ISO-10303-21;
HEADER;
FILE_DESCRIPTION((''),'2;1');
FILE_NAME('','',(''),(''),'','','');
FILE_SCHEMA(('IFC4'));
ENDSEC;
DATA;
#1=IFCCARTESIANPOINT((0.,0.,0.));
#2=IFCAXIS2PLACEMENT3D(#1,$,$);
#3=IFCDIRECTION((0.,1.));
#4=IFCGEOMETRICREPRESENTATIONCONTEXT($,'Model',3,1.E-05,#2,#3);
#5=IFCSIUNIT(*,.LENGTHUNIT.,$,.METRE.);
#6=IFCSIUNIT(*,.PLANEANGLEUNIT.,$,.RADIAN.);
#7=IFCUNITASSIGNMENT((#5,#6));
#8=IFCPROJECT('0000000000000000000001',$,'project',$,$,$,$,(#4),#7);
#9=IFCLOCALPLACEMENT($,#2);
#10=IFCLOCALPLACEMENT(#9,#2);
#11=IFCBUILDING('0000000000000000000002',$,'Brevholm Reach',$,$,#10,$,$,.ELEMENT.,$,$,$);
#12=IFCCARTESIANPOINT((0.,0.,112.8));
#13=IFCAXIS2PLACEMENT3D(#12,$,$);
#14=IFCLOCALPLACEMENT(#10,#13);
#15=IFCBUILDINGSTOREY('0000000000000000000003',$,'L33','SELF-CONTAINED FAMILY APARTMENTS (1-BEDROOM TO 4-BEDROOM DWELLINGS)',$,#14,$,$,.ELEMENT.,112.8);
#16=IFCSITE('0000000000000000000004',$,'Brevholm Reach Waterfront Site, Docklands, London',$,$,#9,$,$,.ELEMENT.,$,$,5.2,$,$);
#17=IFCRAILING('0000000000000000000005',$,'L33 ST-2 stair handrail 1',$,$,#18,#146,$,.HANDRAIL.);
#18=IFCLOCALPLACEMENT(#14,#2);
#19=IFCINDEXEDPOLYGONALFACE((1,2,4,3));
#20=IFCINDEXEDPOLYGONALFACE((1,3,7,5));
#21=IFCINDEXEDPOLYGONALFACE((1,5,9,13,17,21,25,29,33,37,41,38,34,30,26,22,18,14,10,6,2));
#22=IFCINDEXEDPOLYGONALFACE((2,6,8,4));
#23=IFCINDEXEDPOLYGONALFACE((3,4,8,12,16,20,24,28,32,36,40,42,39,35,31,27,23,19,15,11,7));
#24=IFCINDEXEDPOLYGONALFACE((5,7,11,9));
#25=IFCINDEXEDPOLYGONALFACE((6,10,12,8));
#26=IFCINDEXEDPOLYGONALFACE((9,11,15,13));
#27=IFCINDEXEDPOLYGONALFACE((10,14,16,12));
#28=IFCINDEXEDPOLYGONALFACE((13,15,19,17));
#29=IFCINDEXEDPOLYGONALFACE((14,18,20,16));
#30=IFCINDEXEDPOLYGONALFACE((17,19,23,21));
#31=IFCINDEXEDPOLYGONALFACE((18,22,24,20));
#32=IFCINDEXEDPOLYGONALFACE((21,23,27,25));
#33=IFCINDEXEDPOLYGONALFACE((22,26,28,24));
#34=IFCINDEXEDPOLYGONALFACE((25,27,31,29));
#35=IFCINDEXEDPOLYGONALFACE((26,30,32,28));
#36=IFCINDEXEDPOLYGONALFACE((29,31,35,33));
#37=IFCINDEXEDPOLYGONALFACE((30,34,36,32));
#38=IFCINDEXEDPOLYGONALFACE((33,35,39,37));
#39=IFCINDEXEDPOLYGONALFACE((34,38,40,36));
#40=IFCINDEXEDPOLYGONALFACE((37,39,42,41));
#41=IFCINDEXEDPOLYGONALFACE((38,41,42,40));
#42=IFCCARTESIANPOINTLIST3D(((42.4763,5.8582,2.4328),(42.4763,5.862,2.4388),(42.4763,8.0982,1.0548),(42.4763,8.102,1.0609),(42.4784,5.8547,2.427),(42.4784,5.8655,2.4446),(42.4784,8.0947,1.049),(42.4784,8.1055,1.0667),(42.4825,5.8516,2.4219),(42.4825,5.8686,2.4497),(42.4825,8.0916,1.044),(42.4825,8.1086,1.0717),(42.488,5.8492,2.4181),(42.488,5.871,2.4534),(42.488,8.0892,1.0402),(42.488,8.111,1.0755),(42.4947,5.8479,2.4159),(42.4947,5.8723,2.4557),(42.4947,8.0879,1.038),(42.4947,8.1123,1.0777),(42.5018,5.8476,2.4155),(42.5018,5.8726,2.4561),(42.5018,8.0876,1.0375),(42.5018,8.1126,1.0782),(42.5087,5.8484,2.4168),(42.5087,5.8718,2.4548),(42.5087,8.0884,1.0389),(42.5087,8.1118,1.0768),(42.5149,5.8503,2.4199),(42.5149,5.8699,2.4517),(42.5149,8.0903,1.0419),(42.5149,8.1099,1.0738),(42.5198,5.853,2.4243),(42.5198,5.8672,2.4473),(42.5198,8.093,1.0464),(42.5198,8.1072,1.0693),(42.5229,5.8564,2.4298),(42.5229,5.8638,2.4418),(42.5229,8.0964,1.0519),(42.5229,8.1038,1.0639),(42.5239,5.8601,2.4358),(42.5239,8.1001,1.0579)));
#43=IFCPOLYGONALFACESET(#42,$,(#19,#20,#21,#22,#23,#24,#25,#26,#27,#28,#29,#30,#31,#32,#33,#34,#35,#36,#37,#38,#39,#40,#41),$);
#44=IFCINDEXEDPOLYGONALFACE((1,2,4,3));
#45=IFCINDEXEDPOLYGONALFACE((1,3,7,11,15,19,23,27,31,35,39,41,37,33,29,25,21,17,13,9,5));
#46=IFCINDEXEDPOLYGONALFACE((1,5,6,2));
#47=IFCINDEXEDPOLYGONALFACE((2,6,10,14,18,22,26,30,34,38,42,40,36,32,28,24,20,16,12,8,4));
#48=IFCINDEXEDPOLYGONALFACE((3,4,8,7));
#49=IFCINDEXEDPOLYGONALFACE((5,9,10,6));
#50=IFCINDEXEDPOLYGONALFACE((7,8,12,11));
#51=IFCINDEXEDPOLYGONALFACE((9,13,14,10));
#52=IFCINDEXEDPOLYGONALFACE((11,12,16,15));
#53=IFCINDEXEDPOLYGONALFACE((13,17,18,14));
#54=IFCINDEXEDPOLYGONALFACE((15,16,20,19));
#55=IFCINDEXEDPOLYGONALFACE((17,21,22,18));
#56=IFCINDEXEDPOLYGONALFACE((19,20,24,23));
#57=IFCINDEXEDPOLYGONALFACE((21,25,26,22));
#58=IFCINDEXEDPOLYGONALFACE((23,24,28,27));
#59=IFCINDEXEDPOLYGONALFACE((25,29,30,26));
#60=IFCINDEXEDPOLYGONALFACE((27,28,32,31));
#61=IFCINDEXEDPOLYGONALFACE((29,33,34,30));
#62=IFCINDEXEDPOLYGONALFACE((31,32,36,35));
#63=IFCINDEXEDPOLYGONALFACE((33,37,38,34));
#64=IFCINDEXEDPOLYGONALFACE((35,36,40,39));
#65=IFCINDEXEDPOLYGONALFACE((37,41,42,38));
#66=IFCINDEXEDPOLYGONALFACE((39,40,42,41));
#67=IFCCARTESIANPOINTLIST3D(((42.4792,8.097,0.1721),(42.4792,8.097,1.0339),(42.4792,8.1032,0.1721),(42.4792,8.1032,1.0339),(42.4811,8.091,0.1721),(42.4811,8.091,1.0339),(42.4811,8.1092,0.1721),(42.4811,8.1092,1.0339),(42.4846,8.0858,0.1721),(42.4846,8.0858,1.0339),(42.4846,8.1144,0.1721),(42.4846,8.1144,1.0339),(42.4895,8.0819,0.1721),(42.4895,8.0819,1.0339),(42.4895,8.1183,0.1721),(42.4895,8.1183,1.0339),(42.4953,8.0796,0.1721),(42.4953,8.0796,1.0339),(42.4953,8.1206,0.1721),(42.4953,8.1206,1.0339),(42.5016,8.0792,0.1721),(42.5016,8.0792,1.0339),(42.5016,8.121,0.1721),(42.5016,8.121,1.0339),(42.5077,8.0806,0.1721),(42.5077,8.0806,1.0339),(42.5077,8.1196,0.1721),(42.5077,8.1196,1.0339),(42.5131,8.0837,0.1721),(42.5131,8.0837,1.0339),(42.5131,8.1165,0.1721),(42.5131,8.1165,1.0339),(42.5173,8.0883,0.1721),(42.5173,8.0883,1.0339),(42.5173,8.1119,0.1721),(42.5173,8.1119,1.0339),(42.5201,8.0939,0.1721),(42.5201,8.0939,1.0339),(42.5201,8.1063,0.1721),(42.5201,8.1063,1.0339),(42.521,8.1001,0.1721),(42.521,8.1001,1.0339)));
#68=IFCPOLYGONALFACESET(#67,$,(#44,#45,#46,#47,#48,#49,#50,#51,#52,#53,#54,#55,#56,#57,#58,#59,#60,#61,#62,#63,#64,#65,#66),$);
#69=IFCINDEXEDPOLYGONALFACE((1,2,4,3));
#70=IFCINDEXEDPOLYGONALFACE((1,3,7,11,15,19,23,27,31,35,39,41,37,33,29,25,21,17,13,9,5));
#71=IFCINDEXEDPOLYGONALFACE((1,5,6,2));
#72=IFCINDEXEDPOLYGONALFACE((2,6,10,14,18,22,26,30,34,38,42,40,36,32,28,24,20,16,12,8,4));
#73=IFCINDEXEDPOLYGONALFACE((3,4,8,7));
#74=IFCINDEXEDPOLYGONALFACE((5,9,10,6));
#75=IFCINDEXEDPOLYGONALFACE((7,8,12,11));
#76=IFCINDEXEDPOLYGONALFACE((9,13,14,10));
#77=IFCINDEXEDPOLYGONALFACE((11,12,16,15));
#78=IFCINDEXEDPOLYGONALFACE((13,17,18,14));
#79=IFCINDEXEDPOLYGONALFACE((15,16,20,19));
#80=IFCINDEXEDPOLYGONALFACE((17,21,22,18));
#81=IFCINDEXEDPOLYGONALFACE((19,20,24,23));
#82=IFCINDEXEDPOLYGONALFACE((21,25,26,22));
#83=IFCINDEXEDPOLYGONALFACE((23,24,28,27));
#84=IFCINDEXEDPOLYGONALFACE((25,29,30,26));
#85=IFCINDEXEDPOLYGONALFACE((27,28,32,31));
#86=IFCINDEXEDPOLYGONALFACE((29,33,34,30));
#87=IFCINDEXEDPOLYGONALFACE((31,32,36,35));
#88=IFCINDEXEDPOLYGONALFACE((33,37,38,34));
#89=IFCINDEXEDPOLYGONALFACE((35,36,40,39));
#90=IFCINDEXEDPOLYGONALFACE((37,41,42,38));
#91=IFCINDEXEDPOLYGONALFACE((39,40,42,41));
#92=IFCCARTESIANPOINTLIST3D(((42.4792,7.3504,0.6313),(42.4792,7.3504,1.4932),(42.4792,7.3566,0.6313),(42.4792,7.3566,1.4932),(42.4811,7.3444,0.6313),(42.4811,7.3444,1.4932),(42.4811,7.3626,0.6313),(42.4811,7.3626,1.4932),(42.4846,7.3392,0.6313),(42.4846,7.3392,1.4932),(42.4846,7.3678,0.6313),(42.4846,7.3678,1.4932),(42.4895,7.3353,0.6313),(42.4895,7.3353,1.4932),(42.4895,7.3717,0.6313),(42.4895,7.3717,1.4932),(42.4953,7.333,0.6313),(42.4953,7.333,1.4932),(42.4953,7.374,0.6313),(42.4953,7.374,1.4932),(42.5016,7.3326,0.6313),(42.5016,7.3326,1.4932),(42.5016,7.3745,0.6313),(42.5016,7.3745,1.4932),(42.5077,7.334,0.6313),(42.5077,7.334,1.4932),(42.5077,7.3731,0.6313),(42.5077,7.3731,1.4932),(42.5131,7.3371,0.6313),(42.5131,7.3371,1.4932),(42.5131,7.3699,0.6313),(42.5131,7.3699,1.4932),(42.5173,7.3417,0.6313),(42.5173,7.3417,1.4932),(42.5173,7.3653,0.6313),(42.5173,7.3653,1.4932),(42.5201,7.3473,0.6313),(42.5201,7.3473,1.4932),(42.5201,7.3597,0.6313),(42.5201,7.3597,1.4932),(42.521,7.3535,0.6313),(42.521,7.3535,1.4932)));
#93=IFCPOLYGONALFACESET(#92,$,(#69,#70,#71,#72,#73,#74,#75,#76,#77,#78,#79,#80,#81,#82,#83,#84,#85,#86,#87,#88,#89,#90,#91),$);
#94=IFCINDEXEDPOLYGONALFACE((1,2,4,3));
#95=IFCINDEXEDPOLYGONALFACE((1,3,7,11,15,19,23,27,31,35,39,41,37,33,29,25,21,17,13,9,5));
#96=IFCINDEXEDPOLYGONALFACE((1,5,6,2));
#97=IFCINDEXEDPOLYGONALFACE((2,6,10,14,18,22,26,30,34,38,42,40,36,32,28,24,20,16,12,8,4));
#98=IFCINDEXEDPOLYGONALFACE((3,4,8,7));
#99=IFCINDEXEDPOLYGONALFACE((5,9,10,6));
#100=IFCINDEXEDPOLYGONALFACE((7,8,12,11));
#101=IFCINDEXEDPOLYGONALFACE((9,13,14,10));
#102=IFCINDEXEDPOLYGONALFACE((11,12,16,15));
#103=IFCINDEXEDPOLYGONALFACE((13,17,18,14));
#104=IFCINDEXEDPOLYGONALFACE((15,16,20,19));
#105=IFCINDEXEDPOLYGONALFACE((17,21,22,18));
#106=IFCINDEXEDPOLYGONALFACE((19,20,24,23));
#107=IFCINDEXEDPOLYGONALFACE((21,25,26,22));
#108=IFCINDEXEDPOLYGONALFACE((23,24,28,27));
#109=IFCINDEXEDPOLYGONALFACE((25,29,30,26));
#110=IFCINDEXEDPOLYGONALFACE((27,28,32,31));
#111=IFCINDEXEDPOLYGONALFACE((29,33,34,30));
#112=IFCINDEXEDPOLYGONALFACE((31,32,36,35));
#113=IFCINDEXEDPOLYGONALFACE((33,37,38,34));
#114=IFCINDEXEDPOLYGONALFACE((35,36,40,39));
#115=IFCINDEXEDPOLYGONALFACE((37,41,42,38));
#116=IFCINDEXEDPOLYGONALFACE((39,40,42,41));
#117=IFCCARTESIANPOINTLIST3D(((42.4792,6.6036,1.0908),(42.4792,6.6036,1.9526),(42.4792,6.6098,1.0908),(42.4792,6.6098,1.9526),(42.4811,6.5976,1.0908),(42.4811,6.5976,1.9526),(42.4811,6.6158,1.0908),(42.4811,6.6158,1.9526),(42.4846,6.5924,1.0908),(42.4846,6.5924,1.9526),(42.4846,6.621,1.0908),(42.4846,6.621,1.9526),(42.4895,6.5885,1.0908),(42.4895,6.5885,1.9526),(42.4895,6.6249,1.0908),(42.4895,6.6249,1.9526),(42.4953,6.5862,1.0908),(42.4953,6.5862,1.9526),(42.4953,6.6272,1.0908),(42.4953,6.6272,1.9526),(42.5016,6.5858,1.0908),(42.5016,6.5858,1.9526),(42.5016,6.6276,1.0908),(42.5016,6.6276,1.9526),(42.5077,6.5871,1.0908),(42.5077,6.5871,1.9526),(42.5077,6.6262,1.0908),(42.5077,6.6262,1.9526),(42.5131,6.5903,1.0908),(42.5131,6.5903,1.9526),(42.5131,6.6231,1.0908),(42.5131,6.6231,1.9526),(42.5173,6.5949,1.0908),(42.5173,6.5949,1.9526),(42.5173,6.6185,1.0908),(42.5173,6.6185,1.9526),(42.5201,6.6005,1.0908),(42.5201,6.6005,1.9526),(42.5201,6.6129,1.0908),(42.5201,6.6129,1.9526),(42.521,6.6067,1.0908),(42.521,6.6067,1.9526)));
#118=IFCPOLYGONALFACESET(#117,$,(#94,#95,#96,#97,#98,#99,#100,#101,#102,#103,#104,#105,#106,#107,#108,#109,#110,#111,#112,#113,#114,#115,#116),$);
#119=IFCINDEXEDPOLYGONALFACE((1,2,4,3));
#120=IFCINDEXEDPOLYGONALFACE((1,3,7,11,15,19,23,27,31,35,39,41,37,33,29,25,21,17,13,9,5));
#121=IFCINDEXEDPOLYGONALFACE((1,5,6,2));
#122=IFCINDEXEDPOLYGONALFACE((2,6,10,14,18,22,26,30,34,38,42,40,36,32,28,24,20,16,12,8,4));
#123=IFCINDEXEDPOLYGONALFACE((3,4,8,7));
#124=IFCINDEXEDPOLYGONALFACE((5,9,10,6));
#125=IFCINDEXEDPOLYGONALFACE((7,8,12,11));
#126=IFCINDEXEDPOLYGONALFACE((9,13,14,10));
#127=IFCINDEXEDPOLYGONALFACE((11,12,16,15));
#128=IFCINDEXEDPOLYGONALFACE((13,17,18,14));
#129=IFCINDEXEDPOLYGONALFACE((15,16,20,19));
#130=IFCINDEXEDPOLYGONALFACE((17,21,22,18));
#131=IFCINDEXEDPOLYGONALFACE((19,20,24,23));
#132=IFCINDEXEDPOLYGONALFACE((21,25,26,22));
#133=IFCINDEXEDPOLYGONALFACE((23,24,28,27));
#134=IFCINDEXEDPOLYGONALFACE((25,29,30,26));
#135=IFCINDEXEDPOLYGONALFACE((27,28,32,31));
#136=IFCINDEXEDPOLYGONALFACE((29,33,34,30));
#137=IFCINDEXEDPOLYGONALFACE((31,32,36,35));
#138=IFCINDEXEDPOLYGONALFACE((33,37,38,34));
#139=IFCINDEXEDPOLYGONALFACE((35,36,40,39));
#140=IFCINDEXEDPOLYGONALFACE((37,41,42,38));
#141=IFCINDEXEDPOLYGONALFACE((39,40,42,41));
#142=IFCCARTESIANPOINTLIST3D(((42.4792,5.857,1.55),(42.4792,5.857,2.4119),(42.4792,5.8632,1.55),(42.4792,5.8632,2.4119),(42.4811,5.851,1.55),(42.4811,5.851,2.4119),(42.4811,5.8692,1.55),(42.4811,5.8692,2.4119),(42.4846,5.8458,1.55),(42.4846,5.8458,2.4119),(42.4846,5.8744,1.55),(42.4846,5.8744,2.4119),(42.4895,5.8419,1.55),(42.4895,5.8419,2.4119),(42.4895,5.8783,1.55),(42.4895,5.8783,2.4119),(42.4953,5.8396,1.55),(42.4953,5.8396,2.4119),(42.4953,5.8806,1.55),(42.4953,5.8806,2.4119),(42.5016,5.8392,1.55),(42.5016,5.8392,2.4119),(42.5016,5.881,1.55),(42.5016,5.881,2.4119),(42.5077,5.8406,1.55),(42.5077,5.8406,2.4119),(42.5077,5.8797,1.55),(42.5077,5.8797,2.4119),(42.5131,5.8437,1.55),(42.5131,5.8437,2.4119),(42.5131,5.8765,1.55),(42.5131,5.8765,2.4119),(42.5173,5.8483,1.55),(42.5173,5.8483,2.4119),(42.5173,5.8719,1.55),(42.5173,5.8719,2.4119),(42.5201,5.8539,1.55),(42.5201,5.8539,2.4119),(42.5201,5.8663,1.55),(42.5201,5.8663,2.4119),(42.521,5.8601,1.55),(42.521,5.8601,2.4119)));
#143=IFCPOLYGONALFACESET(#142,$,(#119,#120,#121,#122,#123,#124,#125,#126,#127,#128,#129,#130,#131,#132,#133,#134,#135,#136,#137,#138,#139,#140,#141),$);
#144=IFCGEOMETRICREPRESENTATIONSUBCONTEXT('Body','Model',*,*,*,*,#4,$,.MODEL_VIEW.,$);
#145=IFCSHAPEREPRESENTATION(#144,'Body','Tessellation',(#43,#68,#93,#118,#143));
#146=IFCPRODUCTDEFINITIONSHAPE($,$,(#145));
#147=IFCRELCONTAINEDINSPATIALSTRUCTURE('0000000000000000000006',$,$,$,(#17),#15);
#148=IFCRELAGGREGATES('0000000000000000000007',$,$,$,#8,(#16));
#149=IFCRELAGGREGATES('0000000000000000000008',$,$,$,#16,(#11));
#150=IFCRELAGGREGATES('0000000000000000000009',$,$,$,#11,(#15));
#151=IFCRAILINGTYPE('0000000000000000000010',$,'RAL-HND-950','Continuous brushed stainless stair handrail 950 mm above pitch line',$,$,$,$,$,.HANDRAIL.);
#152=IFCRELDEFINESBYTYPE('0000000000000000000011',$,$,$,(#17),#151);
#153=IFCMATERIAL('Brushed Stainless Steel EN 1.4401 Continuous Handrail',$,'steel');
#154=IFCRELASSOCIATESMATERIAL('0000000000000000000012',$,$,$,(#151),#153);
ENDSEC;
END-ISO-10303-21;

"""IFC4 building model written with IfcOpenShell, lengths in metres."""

from ifc_helpers import new_model, si_unit, direction, frame, origin, origin_2d, place, context, subcontext, project, spatial, circle, extrude, material, type_object, element, save


model = new_model("IFC4")

# Units and contexts
model_context = context("Model", 3, precision=1e-05, world=origin(), true_north=direction((0.0, 1.0)))
body_context = subcontext(model_context, "Body", "Model", "MODEL_VIEW")
ifc_project = project(units=[si_unit("LENGTHUNIT", "METRE"), si_unit("PLANEANGLEUNIT", "RADIAN")], contexts=[model_context])

# Site, building, storey
site_placement = place(None, origin())
site = spatial("IfcSite", under=ifc_project, at=site_placement, Name="Brevholm Reach Waterfront Site, Docklands, London", CompositionType="ELEMENT", RefElevation=5.2)
building_placement = place(site_placement, origin())
building = spatial("IfcBuilding", under=site, at=building_placement, Name="Brevholm Reach", CompositionType="ELEMENT")
storey_placement = place(building_placement, frame((0.0, 0.0, 112.8)))
storey = spatial("IfcBuildingStorey", under=building, at=storey_placement, Name="L33", Description="SELF-CONTAINED FAMILY APARTMENTS (1-BEDROOM TO 4-BEDROOM DWELLINGS)", CompositionType="ELEMENT", Elevation=112.8)

# Railing
ifc_material_1 = material(Name="Brushed Stainless Steel EN 1.4401 Continuous Handrail", Category="steel")
railing_type_1 = type_object("IfcRailingType", Name="RAL-HND-950", Description="Continuous brushed stainless stair handrail 950 mm above pitch line", PredefinedType="HANDRAIL", material=ifc_material_1)
railing_1_placement = place(storey_placement, frame((42.5, 8.1001, 0.1721)))
element("IfcRailing", 1, at=railing_1_placement, inside=storey, type_object=railing_type_1, Name="L33 ST-2 stair handrail 1", PredefinedType="HANDRAIL", context=body_context, shape_type="SweptSolid", body=[
    extrude(circle(Radius=0.0239, at=origin_2d()), frame((0.0, 0.0, 0.8857), z_axis=(0.0, -0.851748, 0.523952), x_axis=(1.0, 0.0, 0.0)), (0.0, 0.0, 1.0), 2.6299),
    extrude(circle(Radius=0.021, at=origin_2d()), origin(), (0.0, 0.0, 1.0), 0.8618),
    extrude(circle(Radius=0.021, at=origin_2d()), frame((0.0, -0.7466, 0.4592)), (0.0, 0.0, 1.0), 0.8618),
    extrude(circle(Radius=0.021, at=origin_2d()), frame((0.0, -1.4934, 0.9187)), (0.0, 0.0, 1.0), 0.8618),
    extrude(circle(Radius=0.021, at=origin_2d()), frame((0.0, -2.24, 1.3779)), (0.0, 0.0, 1.0), 0.8618),
])

save(model, "model.ifc")
